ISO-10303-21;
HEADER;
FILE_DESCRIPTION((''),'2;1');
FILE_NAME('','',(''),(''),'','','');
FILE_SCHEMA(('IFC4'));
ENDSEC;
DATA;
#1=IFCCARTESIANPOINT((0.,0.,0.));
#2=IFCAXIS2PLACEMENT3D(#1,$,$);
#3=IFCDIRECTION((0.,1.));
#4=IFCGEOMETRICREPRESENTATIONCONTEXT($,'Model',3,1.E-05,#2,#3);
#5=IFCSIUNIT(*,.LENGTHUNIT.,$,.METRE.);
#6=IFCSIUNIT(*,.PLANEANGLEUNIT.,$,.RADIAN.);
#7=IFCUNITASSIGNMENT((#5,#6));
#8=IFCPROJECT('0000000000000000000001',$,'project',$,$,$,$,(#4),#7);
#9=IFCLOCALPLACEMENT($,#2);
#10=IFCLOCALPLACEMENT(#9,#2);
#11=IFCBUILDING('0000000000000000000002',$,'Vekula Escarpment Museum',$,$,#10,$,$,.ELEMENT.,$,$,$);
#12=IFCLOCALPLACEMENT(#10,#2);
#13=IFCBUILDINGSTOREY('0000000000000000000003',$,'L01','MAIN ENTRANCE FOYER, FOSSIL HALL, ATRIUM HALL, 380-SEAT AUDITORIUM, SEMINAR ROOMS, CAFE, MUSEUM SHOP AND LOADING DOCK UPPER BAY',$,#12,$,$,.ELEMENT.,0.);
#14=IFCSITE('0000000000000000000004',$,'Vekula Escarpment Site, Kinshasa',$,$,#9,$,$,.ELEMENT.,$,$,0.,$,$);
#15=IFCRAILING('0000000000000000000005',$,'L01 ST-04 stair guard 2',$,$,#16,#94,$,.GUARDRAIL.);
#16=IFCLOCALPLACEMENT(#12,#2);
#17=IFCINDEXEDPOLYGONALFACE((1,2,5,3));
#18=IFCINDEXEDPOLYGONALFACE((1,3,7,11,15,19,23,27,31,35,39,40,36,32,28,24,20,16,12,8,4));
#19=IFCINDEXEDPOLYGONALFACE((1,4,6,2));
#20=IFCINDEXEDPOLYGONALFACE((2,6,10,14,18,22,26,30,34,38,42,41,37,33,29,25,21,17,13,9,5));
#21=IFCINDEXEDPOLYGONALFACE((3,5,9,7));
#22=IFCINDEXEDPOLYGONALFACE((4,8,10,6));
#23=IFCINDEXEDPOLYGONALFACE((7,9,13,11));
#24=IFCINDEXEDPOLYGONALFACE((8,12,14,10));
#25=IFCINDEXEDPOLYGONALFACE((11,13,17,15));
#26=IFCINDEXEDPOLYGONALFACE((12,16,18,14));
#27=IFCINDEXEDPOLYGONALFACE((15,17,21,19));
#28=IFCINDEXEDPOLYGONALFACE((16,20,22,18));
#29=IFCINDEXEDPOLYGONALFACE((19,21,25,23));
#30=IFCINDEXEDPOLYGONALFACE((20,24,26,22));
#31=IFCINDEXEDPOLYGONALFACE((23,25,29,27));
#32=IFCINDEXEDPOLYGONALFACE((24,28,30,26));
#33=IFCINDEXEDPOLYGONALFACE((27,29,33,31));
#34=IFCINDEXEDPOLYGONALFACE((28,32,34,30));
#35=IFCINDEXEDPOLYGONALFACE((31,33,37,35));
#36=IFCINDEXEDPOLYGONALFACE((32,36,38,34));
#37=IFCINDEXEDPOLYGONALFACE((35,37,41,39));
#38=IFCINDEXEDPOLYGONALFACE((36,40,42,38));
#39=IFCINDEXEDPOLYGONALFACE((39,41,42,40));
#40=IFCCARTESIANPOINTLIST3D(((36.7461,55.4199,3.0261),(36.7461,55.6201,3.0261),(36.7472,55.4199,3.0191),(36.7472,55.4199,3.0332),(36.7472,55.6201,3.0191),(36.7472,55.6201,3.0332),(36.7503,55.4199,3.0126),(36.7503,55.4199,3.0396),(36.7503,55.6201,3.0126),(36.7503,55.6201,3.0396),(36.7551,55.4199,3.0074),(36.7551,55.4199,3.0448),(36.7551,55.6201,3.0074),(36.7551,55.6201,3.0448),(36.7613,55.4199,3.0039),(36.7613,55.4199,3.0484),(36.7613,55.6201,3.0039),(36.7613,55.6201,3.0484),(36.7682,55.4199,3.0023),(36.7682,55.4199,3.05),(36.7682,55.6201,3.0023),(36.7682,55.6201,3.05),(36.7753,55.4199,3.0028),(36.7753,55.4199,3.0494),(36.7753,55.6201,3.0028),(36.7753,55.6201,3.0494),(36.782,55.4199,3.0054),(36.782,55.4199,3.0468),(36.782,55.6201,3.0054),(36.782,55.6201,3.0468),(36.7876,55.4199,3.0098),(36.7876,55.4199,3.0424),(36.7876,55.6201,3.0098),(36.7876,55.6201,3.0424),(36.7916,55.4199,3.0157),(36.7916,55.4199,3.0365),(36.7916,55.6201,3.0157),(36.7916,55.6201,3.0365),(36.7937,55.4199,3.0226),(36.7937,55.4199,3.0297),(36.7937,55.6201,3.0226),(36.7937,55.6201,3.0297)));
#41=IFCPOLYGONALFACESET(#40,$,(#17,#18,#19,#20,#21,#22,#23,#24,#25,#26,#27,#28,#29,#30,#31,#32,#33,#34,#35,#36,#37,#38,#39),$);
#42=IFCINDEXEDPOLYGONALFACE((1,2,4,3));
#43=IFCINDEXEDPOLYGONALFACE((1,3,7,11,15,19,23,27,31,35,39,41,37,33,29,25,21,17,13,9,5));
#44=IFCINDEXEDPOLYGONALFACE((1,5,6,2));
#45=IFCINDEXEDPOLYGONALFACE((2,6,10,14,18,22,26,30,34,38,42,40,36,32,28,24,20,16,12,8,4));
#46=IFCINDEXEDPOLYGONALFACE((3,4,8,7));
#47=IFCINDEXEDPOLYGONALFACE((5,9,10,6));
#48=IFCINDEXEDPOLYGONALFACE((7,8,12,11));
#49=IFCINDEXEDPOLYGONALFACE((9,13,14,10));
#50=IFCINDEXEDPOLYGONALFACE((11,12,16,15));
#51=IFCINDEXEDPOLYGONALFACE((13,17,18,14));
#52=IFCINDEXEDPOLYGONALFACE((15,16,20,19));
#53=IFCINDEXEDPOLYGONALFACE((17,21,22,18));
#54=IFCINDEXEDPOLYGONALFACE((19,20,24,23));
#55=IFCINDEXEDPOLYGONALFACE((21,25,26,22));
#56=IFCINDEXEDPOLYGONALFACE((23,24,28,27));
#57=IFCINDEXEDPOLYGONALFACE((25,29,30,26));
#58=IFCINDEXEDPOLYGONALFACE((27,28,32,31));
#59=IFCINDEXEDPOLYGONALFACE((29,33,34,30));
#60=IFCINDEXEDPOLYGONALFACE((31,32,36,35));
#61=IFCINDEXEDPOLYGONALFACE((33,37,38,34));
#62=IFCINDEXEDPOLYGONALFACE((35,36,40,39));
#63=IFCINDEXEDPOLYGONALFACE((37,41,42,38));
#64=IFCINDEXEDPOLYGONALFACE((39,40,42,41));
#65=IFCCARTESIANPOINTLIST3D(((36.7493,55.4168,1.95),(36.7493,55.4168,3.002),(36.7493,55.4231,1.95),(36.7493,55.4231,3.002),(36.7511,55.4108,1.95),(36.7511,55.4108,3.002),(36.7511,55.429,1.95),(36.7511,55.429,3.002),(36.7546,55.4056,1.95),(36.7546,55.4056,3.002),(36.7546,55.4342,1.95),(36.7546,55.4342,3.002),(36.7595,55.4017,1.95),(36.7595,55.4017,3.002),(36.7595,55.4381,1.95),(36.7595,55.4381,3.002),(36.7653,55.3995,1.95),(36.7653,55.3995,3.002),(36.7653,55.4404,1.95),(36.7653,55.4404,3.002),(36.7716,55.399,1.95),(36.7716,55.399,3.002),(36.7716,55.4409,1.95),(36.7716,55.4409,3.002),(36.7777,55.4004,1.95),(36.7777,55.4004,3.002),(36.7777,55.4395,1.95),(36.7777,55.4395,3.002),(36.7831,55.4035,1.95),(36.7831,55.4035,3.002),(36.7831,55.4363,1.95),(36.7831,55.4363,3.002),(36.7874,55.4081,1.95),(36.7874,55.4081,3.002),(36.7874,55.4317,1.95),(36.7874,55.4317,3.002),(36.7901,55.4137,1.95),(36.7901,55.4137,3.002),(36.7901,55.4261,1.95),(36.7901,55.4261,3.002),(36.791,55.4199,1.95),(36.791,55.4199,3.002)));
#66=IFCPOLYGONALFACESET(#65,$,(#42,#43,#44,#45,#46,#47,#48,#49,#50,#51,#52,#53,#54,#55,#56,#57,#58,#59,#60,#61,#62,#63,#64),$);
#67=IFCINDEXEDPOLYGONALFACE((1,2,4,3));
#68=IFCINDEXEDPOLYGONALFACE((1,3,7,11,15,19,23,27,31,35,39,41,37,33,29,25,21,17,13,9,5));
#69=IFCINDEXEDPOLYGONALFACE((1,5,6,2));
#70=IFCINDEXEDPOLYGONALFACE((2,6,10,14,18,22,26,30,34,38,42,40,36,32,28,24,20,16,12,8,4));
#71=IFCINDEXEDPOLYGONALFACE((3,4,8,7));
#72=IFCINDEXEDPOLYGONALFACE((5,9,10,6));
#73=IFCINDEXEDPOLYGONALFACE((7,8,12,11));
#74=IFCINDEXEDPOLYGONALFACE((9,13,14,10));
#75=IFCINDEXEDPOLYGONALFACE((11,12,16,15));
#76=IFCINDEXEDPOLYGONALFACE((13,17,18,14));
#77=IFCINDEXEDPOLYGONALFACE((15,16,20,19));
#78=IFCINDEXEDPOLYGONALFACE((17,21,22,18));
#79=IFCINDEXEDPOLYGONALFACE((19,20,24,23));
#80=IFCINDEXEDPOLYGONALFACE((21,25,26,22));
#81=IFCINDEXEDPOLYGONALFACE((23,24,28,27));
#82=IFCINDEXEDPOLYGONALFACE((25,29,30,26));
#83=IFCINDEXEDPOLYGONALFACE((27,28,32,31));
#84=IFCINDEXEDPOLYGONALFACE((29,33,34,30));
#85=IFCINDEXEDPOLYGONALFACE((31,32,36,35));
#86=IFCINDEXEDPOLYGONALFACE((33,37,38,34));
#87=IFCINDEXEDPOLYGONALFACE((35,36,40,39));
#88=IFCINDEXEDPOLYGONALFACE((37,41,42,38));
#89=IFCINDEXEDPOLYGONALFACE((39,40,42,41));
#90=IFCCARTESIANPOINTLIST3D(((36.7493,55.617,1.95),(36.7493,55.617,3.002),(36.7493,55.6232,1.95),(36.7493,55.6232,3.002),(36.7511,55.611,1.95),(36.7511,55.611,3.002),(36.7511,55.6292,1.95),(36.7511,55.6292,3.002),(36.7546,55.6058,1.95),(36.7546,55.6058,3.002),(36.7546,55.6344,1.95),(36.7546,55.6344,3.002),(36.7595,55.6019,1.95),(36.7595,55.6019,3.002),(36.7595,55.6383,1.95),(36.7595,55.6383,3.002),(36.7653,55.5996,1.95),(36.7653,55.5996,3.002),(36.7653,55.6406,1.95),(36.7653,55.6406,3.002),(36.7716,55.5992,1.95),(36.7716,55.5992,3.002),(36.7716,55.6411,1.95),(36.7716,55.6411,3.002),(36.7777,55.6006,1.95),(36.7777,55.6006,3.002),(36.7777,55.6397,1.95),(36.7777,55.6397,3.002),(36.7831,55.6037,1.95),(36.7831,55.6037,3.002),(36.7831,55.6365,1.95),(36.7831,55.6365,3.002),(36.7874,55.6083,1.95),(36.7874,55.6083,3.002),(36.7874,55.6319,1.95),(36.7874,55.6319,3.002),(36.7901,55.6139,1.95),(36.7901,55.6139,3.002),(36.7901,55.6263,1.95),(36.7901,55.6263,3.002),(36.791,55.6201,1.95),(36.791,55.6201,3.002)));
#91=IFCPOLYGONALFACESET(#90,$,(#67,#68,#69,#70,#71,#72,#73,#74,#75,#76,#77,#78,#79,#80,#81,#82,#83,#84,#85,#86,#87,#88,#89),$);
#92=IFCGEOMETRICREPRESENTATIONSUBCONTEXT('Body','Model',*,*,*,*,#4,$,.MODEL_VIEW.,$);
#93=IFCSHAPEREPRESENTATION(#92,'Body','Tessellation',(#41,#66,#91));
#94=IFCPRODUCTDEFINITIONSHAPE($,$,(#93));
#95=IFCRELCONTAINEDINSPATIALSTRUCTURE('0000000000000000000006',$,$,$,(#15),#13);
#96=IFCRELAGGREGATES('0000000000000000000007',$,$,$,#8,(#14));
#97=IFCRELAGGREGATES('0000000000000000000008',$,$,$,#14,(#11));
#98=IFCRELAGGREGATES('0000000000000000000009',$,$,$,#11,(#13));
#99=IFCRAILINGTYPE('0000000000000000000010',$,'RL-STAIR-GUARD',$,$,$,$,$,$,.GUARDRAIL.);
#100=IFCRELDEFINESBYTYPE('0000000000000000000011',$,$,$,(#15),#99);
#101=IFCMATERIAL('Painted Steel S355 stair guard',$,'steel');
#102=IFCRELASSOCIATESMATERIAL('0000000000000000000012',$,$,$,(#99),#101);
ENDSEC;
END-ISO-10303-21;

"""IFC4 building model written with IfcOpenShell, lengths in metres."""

from ifc_helpers import new_model, si_unit, direction, frame, origin, origin_2d, place, context, subcontext, project, spatial, circle, extrude, material, type_object, element, save


model = new_model("IFC4")

# Units and contexts
model_context = context("Model", 3, precision=1e-05, world=origin(), true_north=direction((0.0, 1.0)))
body_context = subcontext(model_context, "Body", "Model", "MODEL_VIEW")
ifc_project = project(units=[si_unit("LENGTHUNIT", "METRE"), si_unit("PLANEANGLEUNIT", "RADIAN")], contexts=[model_context])

# Site, building, storey
site_placement = place(None, origin())
site = spatial("IfcSite", under=ifc_project, at=site_placement, Name="Vekula Escarpment Site, Kinshasa", CompositionType="ELEMENT", RefElevation=0.0)
building_placement = place(site_placement, origin())
building = spatial("IfcBuilding", under=site, at=building_placement, Name="Vekula Escarpment Museum", CompositionType="ELEMENT")
storey_placement = place(building_placement, origin())
storey = spatial("IfcBuildingStorey", under=building, at=storey_placement, Name="L01", Description="MAIN ENTRANCE FOYER, FOSSIL HALL, ATRIUM HALL, 380-SEAT AUDITORIUM, SEMINAR ROOMS, CAFE, MUSEUM SHOP AND LOADING DOCK UPPER BAY", CompositionType="ELEMENT", Elevation=0.0)

# Railing
ifc_material_1 = material(Name="Painted Steel S355 stair guard", Category="steel")
railing_type_1 = type_object("IfcRailingType", Name="RL-STAIR-GUARD", PredefinedType="GUARDRAIL", material=ifc_material_1)
railing_1_placement = place(storey_placement, frame((36.77, 55.4199, 1.95)))
element("IfcRailing", 1, at=railing_1_placement, inside=storey, type_object=railing_type_1, Name="L01 ST-04 stair guard 2", PredefinedType="GUARDRAIL", context=body_context, shape_type="SweptSolid", body=[
    extrude(circle(Radius=0.0239, at=origin_2d()), frame((0.0, 0.0, 1.0762), z_axis=(0.0, 1.0, 0.0), x_axis=(-1.0, 0.0, 0.0)), (0.0, 0.0, 1.0), 0.2002),
    extrude(circle(Radius=0.021, at=origin_2d()), origin(), (0.0, 0.0, 1.0), 1.052),
    extrude(circle(Radius=0.021, at=origin_2d()), frame((0.0, 0.2002, 0.0)), (0.0, 0.0, 1.0), 1.052),
])

save(model, "model.ifc")
